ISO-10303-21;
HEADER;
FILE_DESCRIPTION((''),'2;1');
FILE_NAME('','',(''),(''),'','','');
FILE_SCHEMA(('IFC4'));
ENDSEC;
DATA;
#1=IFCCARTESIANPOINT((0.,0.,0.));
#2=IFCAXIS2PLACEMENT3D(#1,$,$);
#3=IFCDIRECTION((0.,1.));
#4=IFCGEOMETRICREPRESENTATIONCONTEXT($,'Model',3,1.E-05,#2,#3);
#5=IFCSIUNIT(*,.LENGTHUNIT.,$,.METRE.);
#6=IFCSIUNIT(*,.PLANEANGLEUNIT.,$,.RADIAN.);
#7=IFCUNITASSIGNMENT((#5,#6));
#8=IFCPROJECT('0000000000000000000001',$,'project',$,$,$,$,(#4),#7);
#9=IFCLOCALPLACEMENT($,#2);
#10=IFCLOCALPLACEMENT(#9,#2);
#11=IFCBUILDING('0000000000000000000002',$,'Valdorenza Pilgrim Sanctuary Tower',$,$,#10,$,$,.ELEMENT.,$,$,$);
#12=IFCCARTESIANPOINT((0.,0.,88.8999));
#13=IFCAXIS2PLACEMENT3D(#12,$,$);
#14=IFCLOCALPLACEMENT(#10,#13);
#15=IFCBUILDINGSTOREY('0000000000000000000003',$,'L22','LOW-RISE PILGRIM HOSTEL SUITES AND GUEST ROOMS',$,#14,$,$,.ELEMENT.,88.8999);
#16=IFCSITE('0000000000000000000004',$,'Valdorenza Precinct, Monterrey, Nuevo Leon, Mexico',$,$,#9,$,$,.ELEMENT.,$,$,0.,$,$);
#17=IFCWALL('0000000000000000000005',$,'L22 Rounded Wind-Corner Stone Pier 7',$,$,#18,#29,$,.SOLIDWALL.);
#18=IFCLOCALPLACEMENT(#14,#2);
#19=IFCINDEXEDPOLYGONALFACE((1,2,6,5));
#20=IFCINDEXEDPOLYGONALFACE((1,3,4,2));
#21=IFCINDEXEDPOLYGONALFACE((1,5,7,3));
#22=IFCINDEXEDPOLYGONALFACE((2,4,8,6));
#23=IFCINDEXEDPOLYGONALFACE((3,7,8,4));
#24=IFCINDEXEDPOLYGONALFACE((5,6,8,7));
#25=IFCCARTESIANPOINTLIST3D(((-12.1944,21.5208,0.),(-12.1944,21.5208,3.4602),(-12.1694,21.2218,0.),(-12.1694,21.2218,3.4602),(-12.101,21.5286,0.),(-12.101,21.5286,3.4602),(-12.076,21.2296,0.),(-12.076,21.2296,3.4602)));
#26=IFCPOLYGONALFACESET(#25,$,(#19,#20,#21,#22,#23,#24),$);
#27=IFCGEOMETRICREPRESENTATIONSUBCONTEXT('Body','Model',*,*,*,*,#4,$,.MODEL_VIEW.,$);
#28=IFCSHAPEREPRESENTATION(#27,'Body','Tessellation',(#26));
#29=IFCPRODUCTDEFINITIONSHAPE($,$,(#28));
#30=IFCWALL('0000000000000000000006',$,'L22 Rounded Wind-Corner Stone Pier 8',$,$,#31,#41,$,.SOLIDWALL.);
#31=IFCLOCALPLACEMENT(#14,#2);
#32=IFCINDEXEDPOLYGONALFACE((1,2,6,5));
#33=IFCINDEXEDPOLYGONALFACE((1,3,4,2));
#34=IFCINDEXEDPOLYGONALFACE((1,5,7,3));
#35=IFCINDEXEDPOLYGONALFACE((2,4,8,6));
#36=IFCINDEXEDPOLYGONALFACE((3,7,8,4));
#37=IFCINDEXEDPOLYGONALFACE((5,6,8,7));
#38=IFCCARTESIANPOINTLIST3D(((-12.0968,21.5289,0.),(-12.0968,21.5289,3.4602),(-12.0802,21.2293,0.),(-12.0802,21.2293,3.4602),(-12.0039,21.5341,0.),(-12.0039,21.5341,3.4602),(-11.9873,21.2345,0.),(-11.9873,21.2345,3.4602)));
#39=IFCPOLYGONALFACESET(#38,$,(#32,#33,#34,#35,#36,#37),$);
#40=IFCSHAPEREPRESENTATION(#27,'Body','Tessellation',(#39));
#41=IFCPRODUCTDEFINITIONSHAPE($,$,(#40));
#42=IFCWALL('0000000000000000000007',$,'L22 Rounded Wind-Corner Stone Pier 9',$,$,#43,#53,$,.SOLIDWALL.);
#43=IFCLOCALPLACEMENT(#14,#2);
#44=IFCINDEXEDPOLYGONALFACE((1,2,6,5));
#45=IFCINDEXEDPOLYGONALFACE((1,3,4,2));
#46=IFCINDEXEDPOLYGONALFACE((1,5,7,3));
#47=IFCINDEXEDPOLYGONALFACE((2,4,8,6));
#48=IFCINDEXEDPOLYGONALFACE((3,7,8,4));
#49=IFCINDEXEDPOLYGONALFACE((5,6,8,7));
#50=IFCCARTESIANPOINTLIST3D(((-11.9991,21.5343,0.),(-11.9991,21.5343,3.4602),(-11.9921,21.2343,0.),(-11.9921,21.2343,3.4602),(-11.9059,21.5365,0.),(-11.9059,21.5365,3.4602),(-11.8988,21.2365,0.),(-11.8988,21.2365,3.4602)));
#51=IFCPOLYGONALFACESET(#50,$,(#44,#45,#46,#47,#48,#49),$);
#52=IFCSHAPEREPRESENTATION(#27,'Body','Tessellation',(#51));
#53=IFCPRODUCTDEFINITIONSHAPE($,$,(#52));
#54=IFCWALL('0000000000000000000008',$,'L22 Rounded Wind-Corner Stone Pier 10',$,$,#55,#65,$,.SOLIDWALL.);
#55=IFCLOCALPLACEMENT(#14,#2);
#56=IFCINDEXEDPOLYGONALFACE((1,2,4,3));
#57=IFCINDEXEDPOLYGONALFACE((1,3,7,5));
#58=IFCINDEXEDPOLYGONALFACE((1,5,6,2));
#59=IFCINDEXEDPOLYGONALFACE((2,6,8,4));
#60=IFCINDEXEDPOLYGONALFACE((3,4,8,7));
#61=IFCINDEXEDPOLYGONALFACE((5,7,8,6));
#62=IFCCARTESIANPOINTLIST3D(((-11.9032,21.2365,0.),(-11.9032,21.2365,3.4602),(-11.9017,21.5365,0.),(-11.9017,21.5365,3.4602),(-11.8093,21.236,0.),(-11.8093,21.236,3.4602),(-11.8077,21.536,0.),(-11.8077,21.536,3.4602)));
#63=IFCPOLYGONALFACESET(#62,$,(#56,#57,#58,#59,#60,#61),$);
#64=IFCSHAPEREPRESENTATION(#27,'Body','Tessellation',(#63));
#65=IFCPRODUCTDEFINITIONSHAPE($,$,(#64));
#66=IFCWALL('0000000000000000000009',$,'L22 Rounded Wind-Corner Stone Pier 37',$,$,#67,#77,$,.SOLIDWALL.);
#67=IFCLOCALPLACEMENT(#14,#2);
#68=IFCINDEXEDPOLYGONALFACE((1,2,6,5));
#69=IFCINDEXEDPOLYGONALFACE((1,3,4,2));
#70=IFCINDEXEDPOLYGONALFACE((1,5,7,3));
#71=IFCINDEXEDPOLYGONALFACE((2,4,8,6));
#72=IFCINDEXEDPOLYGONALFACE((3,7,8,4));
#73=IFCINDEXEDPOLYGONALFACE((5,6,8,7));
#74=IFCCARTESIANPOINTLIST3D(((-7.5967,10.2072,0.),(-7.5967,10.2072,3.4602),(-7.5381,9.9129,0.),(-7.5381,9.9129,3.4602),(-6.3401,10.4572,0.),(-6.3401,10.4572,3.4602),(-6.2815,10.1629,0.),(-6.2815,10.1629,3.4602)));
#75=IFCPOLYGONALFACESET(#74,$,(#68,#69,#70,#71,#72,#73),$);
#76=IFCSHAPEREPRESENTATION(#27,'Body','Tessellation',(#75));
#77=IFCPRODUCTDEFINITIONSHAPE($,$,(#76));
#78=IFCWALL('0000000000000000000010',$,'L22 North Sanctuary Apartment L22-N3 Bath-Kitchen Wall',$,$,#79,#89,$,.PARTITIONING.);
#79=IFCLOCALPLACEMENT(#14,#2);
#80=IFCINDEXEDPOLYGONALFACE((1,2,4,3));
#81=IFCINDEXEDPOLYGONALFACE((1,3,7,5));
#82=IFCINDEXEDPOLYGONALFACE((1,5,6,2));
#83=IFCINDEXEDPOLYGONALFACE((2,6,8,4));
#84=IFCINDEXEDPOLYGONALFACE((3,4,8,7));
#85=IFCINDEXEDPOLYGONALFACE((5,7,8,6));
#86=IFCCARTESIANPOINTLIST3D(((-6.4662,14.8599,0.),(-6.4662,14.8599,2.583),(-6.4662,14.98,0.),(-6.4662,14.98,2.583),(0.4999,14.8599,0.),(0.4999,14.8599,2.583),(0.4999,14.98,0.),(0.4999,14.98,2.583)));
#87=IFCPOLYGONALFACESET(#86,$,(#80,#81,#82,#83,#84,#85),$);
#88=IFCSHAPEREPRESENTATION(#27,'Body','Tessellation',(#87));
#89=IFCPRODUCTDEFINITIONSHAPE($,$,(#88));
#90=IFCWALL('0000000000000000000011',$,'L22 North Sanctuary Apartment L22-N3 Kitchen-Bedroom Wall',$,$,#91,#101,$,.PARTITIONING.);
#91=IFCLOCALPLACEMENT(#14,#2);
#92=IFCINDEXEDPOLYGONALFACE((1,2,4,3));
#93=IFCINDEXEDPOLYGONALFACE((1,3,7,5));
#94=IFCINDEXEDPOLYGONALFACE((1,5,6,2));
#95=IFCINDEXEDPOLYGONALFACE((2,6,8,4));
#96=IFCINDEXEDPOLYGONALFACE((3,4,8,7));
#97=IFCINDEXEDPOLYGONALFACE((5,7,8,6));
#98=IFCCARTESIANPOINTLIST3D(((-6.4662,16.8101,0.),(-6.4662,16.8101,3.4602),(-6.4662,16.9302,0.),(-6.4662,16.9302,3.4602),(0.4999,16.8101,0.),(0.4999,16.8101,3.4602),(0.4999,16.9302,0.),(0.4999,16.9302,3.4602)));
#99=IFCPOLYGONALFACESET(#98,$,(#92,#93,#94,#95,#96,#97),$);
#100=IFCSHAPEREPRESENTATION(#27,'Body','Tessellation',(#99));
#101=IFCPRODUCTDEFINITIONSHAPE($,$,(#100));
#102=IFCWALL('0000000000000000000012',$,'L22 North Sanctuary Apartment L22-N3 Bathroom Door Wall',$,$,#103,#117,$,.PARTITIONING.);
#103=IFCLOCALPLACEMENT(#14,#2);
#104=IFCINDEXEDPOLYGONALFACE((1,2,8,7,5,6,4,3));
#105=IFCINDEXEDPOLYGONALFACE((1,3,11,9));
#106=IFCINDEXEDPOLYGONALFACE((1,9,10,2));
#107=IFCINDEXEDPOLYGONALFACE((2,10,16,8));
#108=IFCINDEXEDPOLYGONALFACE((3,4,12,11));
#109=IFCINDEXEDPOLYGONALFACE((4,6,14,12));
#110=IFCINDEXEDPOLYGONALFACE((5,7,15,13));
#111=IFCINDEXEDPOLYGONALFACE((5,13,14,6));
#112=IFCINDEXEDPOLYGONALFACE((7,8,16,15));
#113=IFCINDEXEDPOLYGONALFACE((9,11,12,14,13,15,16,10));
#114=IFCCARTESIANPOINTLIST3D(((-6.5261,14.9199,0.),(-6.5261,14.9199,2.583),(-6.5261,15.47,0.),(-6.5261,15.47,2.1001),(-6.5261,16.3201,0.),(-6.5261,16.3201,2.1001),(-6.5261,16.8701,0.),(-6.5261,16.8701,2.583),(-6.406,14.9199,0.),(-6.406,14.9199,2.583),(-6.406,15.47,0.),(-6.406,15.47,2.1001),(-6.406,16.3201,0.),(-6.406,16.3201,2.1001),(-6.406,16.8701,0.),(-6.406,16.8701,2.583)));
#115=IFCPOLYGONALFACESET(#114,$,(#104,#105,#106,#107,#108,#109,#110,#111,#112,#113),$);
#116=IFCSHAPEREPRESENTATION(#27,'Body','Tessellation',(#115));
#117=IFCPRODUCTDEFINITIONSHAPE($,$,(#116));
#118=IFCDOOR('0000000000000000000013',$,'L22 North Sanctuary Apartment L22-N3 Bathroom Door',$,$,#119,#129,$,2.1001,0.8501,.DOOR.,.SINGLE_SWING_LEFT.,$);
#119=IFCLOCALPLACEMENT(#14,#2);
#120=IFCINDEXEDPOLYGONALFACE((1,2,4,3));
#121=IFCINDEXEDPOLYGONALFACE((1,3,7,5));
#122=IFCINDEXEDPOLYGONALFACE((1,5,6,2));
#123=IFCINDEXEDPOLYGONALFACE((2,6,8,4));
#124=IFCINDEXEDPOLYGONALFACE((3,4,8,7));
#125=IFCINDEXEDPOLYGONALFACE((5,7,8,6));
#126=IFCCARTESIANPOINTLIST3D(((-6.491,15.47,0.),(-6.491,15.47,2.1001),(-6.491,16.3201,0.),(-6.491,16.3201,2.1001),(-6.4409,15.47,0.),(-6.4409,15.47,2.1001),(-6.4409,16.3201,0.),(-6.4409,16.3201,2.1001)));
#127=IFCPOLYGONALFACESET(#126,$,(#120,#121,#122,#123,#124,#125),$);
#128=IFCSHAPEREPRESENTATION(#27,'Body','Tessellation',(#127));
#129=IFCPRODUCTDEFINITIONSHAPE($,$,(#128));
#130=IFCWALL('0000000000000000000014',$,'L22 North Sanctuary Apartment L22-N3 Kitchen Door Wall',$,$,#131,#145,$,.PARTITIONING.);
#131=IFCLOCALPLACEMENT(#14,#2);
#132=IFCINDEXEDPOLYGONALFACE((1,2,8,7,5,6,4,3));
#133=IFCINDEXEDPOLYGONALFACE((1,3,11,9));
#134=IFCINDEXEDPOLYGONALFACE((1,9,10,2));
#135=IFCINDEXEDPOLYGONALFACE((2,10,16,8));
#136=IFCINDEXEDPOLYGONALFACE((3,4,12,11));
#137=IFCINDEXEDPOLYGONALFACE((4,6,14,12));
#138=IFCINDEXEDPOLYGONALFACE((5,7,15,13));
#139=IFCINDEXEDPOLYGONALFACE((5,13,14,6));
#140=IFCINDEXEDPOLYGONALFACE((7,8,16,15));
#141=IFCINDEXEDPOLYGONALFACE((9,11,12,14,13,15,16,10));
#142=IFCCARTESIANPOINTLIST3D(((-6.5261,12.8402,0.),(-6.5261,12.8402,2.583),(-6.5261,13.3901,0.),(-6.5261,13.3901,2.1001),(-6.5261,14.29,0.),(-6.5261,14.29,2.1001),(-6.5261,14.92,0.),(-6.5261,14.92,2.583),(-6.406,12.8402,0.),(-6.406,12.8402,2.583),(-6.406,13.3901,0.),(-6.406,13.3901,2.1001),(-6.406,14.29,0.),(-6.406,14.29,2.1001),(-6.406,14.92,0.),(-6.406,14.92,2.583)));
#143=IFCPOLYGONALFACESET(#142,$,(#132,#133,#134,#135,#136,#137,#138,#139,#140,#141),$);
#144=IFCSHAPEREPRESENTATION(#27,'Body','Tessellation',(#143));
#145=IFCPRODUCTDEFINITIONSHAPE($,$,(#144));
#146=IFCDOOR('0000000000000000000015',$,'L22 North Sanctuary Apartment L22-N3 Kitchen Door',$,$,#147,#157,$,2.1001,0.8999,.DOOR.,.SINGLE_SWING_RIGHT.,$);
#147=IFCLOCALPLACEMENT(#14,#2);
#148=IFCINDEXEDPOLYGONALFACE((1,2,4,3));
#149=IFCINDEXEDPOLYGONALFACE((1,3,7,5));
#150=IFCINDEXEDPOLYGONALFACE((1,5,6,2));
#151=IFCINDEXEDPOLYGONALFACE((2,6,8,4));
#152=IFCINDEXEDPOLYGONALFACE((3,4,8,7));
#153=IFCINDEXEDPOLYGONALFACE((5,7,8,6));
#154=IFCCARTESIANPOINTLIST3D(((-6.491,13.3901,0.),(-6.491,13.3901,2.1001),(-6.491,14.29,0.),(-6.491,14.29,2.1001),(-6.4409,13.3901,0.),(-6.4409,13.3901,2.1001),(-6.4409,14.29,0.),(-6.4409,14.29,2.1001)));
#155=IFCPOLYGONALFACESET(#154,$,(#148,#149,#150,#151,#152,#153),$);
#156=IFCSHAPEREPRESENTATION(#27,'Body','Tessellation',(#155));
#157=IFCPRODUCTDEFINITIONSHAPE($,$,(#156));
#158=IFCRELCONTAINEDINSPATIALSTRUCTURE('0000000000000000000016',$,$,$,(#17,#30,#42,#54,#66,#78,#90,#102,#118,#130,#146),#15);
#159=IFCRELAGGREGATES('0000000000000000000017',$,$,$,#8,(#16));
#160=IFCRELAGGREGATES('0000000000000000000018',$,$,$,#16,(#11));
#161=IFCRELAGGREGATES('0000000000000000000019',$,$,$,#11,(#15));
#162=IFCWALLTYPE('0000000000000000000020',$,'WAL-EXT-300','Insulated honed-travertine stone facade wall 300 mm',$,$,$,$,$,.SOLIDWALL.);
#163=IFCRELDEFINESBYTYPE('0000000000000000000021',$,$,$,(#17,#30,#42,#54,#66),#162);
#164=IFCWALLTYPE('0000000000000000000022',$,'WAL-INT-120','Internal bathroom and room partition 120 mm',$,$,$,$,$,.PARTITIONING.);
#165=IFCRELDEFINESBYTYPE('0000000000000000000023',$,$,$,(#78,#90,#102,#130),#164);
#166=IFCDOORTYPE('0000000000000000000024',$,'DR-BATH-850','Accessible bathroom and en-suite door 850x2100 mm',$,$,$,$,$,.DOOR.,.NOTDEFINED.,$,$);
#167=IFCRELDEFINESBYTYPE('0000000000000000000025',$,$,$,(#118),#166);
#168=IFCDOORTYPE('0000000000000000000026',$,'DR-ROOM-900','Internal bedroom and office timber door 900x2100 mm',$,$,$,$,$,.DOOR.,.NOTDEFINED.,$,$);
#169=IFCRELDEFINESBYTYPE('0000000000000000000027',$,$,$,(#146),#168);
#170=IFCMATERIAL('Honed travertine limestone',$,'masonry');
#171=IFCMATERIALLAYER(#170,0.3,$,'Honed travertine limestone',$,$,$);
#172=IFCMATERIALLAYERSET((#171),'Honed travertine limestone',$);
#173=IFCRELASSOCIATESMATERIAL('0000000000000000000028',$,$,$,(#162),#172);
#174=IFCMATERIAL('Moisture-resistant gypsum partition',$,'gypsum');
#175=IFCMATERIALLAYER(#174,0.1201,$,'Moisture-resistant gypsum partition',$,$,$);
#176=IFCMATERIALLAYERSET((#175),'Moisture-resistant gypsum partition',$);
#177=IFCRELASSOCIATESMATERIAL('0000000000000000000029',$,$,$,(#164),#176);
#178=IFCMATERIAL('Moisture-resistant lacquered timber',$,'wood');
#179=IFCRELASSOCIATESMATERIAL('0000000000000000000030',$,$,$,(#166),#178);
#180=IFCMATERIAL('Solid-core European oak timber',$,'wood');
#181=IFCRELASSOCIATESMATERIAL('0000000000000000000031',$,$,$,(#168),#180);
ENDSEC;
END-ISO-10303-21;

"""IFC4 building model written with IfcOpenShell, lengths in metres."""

from ifc_helpers import new_model, si_unit, direction, frame, frame_2d, origin, place, context, subcontext, project, spatial, rectangle, extrude, material, layer, layer_set, type_object, element, fill, save


model = new_model("IFC4")

# Units and contexts
model_context = context("Model", 3, precision=1e-05, world=origin(), true_north=direction((0.0, 1.0)))
body_context = subcontext(model_context, "Body", "Model", "MODEL_VIEW")
ifc_project = project(units=[si_unit("LENGTHUNIT", "METRE"), si_unit("PLANEANGLEUNIT", "RADIAN")], contexts=[model_context])

# Site, building, storey
site_placement = place(None, origin())
site = spatial("IfcSite", under=ifc_project, at=site_placement, Name="Valdorenza Precinct, Monterrey, Nuevo Leon, Mexico", CompositionType="ELEMENT", RefElevation=0.0)
building_placement = place(site_placement, origin())
building = spatial("IfcBuilding", under=site, at=building_placement, Name="Valdorenza Pilgrim Sanctuary Tower", CompositionType="ELEMENT")
storey_placement = place(building_placement, frame((0.0, 0.0, 88.8999)))
storey = spatial("IfcBuildingStorey", under=building, at=storey_placement, Name="L22", Description="LOW-RISE PILGRIM HOSTEL SUITES AND GUEST ROOMS", CompositionType="ELEMENT", Elevation=88.8999)

# Shared definitions
ifc_material_1 = material(Name="Honed travertine limestone", Category="masonry")

# Walls
ifc_layer_1 = layer(ifc_material_1, 0.3, Name="Honed travertine limestone")
ifc_layer_set_1 = layer_set([ifc_layer_1], Name="Honed travertine limestone")
wall_type_1 = type_object("IfcWallType", Name="WAL-EXT-300", Description="Insulated honed-travertine stone facade wall 300 mm", PredefinedType="SOLIDWALL", material=ifc_layer_set_1)
wall_1_placement = place(storey_placement, frame((-12.1819, 21.3713, 0.0), z_axis=(0.0, 0.0, 1.0), x_axis=(0.996528, 0.083261, 0.0)))
element("IfcWall", 1, at=wall_1_placement, inside=storey, type_object=wall_type_1, Name="L22 Rounded Wind-Corner Stone Pier 7", PredefinedType="SOLIDWALL", context=body_context, shape_type="SweptSolid", body=[
    extrude(rectangle(XDim=0.0938, YDim=0.3, at=frame_2d((0.0469, 0.0))), origin(), (0.0, 0.0, 1.0), 3.4602),
])
wall_2_placement = place(storey_placement, frame((-12.0884, 21.3792, 0.0), z_axis=(0.0, 0.0, 1.0), x_axis=(0.998476, 0.055179, 0.0)))
element("IfcWall", 2, at=wall_2_placement, inside=storey, type_object=wall_type_1, Name="L22 Rounded Wind-Corner Stone Pier 8", PredefinedType="SOLIDWALL", context=body_context, shape_type="SweptSolid", body=[
    extrude(rectangle(XDim=0.093, YDim=0.3, at=frame_2d((0.0464, 0.0))), origin(), (0.0, 0.0, 1.0), 3.4602),
])
wall_3_placement = place(storey_placement, frame((-11.9956, 21.3843, 0.0), z_axis=(0.0, 0.0, 1.0), x_axis=(0.999723, 0.023554, 0.0)))
element("IfcWall", 3, at=wall_3_placement, inside=storey, type_object=wall_type_1, Name="L22 Rounded Wind-Corner Stone Pier 9", PredefinedType="SOLIDWALL", context=body_context, shape_type="SweptSolid", body=[
    extrude(rectangle(XDim=0.0933, YDim=0.3, at=frame_2d((0.0466, 0.0))), origin(), (0.0, 0.0, 1.0), 3.4602),
])
wall_4_placement = place(storey_placement, frame((-11.9023, 21.3865, 0.0), z_axis=(0.0, 0.0, 1.0), x_axis=(0.999987, -0.005195, 0.0)))
element("IfcWall", 4, at=wall_4_placement, inside=storey, type_object=wall_type_1, Name="L22 Rounded Wind-Corner Stone Pier 10", PredefinedType="SOLIDWALL", context=body_context, shape_type="SweptSolid", body=[
    extrude(rectangle(XDim=0.094, YDim=0.3, at=frame_2d((0.0469, 0.0))), origin(), (0.0, 0.0, 1.0), 3.4602),
])
wall_5_placement = place(storey_placement, frame((-6.3108, 10.3101, 0.0), z_axis=(0.0, 0.0, 1.0), x_axis=(-0.980778, -0.195127, 0.0)))
element("IfcWall", 5, at=wall_5_placement, inside=storey, type_object=wall_type_1, Name="L22 Rounded Wind-Corner Stone Pier 37", PredefinedType="SOLIDWALL", context=body_context, shape_type="SweptSolid", body=[
    extrude(rectangle(XDim=1.2812, YDim=0.3, at=frame_2d((0.6406, 0.0))), origin(), (0.0, 0.0, 1.0), 3.4602),
])
ifc_material_2 = material(Name="Moisture-resistant gypsum partition", Category="gypsum")
ifc_layer_2 = layer(ifc_material_2, 0.1201, Name="Moisture-resistant gypsum partition")
ifc_layer_set_2 = layer_set([ifc_layer_2], Name="Moisture-resistant gypsum partition")
wall_type_2 = type_object("IfcWallType", Name="WAL-INT-120", Description="Internal bathroom and room partition 120 mm", PredefinedType="PARTITIONING", material=ifc_layer_set_2)
wall_6_placement = place(storey_placement, frame((-6.4661, 14.9199, 0.0), z_axis=(0.0, 0.0, 1.0), x_axis=(1.0, 0.0, 0.0)))
element("IfcWall", 6, at=wall_6_placement, inside=storey, type_object=wall_type_2, Name="L22 North Sanctuary Apartment L22-N3 Bath-Kitchen Wall", PredefinedType="PARTITIONING", context=body_context, shape_type="SweptSolid", body=[
    extrude(rectangle(XDim=6.9661, YDim=0.1201, at=frame_2d((3.4829, 0.0))), origin(), (0.0, 0.0, 1.0), 2.583),
])
wall_7_placement = place(storey_placement, frame((-6.4661, 16.8701, 0.0), z_axis=(0.0, 0.0, 1.0), x_axis=(1.0, 0.0, 0.0)))
element("IfcWall", 7, at=wall_7_placement, inside=storey, type_object=wall_type_2, Name="L22 North Sanctuary Apartment L22-N3 Kitchen-Bedroom Wall", PredefinedType="PARTITIONING", context=body_context, shape_type="SweptSolid", body=[
    extrude(rectangle(XDim=6.9661, YDim=0.1201, at=frame_2d((3.4829, 0.0))), origin(), (0.0, 0.0, 1.0), 3.4602),
])

# Walls, openings, doors
wall_8_placement = place(storey_placement, frame((-6.4661, 14.9199, 0.0), z_axis=(0.0, 0.0, 1.0), x_axis=(0.0, 1.0, 0.0)))
wall_8 = element("IfcWall", 8, at=wall_8_placement, inside=storey, type_object=wall_type_2, Name="L22 North Sanctuary Apartment L22-N3 Bathroom Door Wall", PredefinedType="PARTITIONING", context=body_context, shape_type="SweptSolid", body=[
    extrude(rectangle(XDim=1.9502, YDim=0.1201, at=frame_2d((0.9751, 0.0))), origin(), (0.0, 0.0, 1.0), 2.583),
])
opening_1_placement = place(wall_8_placement, frame((0.55, 0.0, 0.0)))
opening_1 = element("IfcOpeningElement", 9, at=opening_1_placement, cuts=wall_8, PredefinedType="OPENING", context=body_context, shape_type="SweptSolid", body=[
    extrude(rectangle(XDim=0.8501, YDim=2.1001, at=frame_2d((0.425, 1.05))), frame((0.0, 0.075, 0.0), z_axis=(0.0, -1.0, 0.0), x_axis=(1.0, 0.0, 0.0)), (0.0, 0.0, 1.0), 0.1499),
])
ifc_material_3 = material(Name="Moisture-resistant lacquered timber", Category="wood")
door_type_1 = type_object("IfcDoorType", Name="DR-BATH-850", Description="Accessible bathroom and en-suite door 850x2100 mm", OperationType="NOTDEFINED", PredefinedType="DOOR", material=ifc_material_3)
door_1_placement = place(opening_1_placement, origin())
door_1 = element("IfcDoor", 10, at=door_1_placement, inside=storey, type_object=door_type_1, Name="L22 North Sanctuary Apartment L22-N3 Bathroom Door", OperationType="SINGLE_SWING_LEFT", OverallHeight=2.1001, OverallWidth=0.8501, PredefinedType="DOOR", context=body_context, shape_type="SweptSolid", body=[
    extrude(rectangle(XDim=0.8501, YDim=2.1001, at=frame_2d((0.425, 1.05))), frame((0.0, 0.0249, 0.0), z_axis=(0.0, -1.0, 0.0), x_axis=(1.0, 0.0, 0.0)), (0.0, 0.0, 1.0), 0.05),
])
fill(opening_1, door_1)
wall_9_placement = place(storey_placement, frame((-6.4661, 12.8401, 0.0), z_axis=(0.0, 0.0, 1.0), x_axis=(0.0, 1.0, 0.0)))
wall_9 = element("IfcWall", 11, at=wall_9_placement, inside=storey, type_object=wall_type_2, Name="L22 North Sanctuary Apartment L22-N3 Kitchen Door Wall", PredefinedType="PARTITIONING", context=body_context, shape_type="SweptSolid", body=[
    extrude(rectangle(XDim=2.0798, YDim=0.1201, at=frame_2d((1.04, 0.0))), origin(), (0.0, 0.0, 1.0), 2.583),
])
opening_2_placement = place(wall_9_placement, frame((0.55, 0.0, 0.0)))
opening_2 = element("IfcOpeningElement", 12, at=opening_2_placement, cuts=wall_9, PredefinedType="OPENING", context=body_context, shape_type="SweptSolid", body=[
    extrude(rectangle(XDim=0.8999, YDim=2.1001, at=frame_2d((0.45, 1.05))), frame((0.0, 0.075, 0.0), z_axis=(0.0, -1.0, 0.0), x_axis=(1.0, 0.0, 0.0)), (0.0, 0.0, 1.0), 0.1499),
])
ifc_material_4 = material(Name="Solid-core European oak timber", Category="wood")
door_type_2 = type_object("IfcDoorType", Name="DR-ROOM-900", Description="Internal bedroom and office timber door 900x2100 mm", OperationType="NOTDEFINED", PredefinedType="DOOR", material=ifc_material_4)
door_2_placement = place(opening_2_placement, origin())
door_2 = element("IfcDoor", 13, at=door_2_placement, inside=storey, type_object=door_type_2, Name="L22 North Sanctuary Apartment L22-N3 Kitchen Door", OperationType="SINGLE_SWING_RIGHT", OverallHeight=2.1001, OverallWidth=0.8999, PredefinedType="DOOR", context=body_context, shape_type="SweptSolid", body=[
    extrude(rectangle(XDim=0.8999, YDim=2.1001, at=frame_2d((0.45, 1.05))), frame((0.0, 0.0249, 0.0), z_axis=(0.0, -1.0, 0.0), x_axis=(1.0, 0.0, 0.0)), (0.0, 0.0, 1.0), 0.05),
])
fill(opening_2, door_2)

save(model, "model.ifc")
